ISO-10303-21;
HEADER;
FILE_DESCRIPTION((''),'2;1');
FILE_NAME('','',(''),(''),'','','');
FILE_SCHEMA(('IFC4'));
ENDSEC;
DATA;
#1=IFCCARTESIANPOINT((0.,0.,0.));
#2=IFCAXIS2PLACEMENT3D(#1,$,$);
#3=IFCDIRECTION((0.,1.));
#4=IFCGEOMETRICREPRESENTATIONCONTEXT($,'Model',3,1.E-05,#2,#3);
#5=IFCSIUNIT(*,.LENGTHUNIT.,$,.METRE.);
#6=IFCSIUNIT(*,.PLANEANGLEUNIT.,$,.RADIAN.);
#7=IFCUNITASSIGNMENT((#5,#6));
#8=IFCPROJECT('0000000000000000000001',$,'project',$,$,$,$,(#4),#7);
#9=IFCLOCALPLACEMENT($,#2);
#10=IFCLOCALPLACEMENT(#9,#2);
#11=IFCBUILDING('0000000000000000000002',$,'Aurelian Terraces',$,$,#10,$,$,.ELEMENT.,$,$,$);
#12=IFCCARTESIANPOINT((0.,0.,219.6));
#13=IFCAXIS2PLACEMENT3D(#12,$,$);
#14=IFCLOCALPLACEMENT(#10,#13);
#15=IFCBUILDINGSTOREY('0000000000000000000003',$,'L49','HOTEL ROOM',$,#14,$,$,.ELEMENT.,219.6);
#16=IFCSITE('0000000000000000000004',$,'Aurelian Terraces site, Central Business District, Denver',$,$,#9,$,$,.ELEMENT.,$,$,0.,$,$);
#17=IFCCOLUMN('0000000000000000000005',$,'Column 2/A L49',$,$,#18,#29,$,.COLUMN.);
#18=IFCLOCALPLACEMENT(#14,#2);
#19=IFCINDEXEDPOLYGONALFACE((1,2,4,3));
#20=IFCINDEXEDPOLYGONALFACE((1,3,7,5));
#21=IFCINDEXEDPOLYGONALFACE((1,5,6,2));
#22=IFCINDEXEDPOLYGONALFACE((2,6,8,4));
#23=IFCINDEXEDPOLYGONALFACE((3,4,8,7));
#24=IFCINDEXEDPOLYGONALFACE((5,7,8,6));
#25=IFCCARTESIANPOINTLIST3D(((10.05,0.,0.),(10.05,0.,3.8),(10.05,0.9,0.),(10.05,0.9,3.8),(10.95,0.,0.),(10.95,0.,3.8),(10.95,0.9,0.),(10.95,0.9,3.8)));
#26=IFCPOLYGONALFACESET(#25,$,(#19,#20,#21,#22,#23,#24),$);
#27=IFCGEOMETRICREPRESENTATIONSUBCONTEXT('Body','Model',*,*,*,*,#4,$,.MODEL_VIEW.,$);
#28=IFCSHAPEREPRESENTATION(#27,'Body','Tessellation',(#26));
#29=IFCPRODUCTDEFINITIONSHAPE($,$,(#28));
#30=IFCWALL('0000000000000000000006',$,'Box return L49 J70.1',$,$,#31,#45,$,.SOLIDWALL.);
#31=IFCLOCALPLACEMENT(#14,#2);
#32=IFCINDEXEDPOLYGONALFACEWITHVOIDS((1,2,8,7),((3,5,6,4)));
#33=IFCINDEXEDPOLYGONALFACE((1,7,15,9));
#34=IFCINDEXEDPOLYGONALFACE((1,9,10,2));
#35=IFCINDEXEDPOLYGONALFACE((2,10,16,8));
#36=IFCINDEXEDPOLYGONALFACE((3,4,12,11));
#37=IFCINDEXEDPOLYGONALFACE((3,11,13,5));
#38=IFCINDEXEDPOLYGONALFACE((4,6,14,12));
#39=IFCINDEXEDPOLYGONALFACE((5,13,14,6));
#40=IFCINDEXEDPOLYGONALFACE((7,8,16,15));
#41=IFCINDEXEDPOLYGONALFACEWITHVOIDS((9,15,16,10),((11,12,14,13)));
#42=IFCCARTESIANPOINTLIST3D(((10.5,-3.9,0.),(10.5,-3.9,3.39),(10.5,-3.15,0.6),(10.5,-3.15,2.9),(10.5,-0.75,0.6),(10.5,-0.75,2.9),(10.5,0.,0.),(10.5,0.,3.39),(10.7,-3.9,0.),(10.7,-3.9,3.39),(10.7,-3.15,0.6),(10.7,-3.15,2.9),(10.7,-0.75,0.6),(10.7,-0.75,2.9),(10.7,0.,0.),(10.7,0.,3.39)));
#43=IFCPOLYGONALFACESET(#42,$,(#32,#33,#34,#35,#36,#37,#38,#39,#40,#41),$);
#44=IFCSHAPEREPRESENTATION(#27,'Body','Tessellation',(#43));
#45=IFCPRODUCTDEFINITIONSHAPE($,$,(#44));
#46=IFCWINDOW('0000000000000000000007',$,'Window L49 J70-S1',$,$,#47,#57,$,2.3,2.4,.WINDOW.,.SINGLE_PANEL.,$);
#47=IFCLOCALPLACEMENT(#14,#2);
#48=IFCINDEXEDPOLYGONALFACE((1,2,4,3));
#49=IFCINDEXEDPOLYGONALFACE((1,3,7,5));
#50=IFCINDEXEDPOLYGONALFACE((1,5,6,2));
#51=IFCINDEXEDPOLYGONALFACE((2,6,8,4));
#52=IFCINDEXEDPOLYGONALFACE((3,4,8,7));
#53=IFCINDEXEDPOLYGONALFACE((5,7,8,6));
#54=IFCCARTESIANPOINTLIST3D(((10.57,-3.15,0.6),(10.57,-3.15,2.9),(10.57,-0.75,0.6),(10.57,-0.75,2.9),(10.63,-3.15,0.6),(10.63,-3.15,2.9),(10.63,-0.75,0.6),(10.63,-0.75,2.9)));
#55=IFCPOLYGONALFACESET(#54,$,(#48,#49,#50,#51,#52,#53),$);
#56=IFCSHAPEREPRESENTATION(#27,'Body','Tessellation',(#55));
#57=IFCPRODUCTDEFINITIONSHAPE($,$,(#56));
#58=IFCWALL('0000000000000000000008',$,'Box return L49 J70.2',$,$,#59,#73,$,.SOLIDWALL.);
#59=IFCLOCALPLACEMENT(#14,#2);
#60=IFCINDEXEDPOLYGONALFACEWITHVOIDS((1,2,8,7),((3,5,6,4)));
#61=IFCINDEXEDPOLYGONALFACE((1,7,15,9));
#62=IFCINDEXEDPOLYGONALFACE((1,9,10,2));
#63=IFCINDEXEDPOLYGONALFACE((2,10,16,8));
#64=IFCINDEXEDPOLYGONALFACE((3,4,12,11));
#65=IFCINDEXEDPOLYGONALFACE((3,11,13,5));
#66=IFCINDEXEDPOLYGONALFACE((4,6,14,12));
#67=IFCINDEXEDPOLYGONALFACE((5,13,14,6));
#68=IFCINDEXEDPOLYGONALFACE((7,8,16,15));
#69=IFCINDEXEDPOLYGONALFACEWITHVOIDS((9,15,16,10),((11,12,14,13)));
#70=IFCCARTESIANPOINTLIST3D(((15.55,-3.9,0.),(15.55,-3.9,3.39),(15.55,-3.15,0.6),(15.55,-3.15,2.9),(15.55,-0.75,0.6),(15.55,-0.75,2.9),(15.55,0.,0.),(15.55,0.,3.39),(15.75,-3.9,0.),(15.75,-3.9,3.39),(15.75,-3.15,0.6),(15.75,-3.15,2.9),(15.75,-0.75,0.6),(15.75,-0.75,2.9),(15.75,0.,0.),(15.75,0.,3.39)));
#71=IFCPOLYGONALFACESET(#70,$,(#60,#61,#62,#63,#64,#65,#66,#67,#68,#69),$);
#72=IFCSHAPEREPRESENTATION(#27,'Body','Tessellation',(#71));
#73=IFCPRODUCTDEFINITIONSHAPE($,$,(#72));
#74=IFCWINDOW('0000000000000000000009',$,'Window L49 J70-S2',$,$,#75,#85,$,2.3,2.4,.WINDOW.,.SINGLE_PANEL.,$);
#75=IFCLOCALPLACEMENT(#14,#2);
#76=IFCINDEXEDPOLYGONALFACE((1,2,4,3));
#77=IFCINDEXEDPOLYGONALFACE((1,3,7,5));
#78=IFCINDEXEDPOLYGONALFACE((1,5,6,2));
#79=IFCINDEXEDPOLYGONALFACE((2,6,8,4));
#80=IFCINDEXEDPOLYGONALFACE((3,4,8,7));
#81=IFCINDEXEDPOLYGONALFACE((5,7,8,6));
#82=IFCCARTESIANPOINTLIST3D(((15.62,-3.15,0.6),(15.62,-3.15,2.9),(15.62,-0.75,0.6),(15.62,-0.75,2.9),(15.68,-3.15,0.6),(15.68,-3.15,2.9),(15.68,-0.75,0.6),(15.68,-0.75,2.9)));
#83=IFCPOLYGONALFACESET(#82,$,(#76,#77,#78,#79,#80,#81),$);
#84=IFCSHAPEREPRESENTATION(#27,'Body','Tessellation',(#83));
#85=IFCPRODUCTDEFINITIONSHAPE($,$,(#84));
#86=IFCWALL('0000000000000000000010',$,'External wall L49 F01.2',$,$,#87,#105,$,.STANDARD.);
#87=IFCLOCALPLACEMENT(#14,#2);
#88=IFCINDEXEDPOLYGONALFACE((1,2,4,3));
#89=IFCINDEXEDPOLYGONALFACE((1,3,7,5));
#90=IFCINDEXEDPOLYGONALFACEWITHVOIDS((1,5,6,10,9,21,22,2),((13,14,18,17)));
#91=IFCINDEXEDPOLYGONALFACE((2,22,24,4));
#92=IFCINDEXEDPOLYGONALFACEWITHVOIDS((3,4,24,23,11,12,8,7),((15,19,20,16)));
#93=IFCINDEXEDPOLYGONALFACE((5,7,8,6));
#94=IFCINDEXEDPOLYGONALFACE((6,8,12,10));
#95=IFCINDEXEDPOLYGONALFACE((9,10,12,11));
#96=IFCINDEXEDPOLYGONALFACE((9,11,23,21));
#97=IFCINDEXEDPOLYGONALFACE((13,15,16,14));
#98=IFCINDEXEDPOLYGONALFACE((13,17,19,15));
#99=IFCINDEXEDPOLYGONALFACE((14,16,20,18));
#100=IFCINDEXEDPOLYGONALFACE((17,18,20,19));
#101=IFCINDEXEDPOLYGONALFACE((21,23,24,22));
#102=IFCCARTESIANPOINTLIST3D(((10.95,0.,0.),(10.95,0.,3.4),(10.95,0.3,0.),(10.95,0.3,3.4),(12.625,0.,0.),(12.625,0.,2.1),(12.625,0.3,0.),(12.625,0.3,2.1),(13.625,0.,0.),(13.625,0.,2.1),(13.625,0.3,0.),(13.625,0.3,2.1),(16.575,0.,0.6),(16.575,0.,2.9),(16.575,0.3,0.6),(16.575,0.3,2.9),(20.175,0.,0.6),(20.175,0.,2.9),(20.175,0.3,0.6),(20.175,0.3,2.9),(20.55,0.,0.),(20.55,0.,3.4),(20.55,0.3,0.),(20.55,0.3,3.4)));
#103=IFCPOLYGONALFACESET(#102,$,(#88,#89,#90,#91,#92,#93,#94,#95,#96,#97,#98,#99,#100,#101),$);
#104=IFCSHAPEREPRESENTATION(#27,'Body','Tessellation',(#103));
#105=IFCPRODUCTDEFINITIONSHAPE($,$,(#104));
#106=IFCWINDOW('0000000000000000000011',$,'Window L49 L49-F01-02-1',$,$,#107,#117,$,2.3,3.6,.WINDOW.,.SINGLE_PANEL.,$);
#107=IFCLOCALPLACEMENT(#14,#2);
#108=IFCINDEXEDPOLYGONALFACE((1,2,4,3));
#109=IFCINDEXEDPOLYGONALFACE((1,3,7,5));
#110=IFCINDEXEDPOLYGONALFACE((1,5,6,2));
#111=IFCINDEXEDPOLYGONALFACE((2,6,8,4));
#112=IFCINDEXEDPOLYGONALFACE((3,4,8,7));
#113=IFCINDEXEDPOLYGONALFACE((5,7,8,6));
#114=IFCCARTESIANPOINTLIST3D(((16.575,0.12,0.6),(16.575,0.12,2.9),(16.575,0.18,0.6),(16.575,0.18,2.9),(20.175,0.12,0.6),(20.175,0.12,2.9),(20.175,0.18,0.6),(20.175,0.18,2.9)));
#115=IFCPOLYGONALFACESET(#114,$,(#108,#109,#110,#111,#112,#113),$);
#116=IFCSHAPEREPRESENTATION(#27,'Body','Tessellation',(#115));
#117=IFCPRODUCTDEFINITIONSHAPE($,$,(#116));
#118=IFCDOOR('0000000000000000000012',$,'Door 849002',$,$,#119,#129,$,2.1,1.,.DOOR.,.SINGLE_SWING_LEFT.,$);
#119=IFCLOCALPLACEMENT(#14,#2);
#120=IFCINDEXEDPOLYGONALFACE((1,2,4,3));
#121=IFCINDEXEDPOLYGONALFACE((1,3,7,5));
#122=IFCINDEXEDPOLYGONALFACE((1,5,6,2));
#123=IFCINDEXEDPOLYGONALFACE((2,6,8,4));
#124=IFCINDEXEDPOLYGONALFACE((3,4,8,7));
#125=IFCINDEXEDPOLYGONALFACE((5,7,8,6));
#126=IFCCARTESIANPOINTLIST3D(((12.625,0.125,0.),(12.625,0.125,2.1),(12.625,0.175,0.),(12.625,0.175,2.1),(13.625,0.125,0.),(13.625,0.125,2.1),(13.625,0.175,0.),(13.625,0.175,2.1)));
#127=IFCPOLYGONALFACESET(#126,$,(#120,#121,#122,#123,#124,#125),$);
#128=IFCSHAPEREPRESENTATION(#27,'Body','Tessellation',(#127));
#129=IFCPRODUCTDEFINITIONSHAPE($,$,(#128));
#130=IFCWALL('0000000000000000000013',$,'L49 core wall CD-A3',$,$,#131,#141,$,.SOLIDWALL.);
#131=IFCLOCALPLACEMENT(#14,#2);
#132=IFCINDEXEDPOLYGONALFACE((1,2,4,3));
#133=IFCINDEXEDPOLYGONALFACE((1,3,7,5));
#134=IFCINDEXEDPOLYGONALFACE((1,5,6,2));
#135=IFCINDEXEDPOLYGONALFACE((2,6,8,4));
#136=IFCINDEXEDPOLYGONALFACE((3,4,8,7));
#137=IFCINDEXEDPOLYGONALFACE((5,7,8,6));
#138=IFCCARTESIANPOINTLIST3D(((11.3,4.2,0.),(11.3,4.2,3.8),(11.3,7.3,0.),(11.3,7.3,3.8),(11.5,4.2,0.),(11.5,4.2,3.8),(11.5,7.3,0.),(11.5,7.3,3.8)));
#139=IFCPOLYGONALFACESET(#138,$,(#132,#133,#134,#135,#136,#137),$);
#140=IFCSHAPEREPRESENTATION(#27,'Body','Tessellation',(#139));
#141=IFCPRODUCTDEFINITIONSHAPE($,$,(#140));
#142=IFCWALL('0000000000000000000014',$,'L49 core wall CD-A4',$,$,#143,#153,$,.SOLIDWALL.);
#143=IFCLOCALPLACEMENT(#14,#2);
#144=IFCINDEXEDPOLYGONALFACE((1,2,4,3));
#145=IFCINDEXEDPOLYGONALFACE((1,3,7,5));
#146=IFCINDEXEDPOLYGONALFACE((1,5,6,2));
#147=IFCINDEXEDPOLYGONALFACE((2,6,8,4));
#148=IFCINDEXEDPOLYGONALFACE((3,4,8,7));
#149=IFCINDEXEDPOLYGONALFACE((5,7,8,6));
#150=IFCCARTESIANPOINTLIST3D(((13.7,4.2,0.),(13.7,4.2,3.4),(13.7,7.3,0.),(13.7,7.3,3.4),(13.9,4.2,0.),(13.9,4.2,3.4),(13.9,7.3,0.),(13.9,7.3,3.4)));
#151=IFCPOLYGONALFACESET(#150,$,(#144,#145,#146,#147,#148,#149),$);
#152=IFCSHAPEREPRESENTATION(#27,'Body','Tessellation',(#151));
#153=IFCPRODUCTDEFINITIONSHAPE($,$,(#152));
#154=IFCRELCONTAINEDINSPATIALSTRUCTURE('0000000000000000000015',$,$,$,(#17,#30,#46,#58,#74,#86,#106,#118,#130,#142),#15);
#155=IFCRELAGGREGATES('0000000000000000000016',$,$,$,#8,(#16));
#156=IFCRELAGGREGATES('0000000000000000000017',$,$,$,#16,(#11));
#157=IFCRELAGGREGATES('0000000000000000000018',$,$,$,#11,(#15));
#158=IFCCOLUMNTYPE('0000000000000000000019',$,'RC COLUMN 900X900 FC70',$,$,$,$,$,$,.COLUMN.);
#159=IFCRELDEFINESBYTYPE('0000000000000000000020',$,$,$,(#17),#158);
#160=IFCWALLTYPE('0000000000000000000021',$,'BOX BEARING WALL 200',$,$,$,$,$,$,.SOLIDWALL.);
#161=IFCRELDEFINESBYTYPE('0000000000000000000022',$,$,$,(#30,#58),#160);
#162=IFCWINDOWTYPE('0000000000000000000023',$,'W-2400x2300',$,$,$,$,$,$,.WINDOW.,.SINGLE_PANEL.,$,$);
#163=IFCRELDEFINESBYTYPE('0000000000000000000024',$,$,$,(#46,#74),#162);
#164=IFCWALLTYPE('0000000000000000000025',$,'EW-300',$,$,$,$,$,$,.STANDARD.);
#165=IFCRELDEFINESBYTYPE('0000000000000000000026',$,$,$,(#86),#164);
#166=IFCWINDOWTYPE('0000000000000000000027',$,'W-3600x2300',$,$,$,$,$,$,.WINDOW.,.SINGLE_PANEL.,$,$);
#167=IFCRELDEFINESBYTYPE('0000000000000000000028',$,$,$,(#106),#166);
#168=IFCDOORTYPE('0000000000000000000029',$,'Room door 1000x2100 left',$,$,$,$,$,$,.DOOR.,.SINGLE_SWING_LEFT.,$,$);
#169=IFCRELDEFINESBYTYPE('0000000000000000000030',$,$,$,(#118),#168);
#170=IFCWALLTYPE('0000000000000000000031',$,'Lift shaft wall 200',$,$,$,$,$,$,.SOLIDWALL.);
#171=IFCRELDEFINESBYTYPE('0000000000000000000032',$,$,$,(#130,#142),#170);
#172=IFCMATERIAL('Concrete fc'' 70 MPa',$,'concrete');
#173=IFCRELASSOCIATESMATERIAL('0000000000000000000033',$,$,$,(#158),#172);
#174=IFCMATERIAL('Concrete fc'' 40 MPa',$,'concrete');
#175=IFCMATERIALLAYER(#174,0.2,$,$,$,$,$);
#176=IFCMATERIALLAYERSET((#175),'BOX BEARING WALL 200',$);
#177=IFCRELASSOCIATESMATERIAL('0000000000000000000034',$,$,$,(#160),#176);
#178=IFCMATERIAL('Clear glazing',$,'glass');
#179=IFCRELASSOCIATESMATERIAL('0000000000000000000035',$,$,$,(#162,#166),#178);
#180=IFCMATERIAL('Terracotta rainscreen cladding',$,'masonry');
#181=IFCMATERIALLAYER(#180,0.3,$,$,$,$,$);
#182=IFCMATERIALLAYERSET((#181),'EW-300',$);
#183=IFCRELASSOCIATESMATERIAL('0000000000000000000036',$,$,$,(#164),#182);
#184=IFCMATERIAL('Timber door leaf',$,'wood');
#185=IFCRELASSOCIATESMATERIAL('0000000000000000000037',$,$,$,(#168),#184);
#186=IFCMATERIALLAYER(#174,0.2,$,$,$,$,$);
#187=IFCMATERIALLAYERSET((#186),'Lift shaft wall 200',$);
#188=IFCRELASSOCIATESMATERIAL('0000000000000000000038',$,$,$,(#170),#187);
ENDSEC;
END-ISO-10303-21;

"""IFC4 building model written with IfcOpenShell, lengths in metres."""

from ifc_helpers import new_model, si_unit, direction, frame, frame_2d, origin, origin_2d, place, context, subcontext, project, spatial, rectangle, extrude, source, transform, mapped, material, layer, layer_set, material_profile, profile_set, type_object, element, fill, save


model = new_model("IFC4")

# Units and contexts
model_context = context("Model", 3, precision=1e-05, world=origin(), true_north=direction((0.0, 1.0)))
body_context = subcontext(model_context, "Body", "Model", "MODEL_VIEW")
ifc_project = project(units=[si_unit("LENGTHUNIT", "METRE"), si_unit("PLANEANGLEUNIT", "RADIAN")], contexts=[model_context])

# Site, building, storey
site_placement = place(None, origin())
site = spatial("IfcSite", under=ifc_project, at=site_placement, Name="Aurelian Terraces site, Central Business District, Denver", CompositionType="ELEMENT", RefElevation=0.0)
building_placement = place(site_placement, origin())
building = spatial("IfcBuilding", under=site, at=building_placement, Name="Aurelian Terraces", CompositionType="ELEMENT")
storey_placement = place(building_placement, frame((0.0, 0.0, 219.6)))
storey = spatial("IfcBuildingStorey", under=building, at=storey_placement, Name="L49", Description="HOTEL ROOM", CompositionType="ELEMENT", Elevation=219.6)

# Column
ifc_material_1 = material(Name="Concrete fc' 70 MPa", Category="concrete")
ifc_material_profile = material_profile(ifc_material_1, rectangle(XDim=0.9, YDim=0.9, at=origin_2d()))
ifc_profile_set = profile_set([ifc_material_profile], Name="Concrete fc' 70 MPa")
column_type = type_object("IfcColumnType", Name="RC COLUMN 900X900 FC70", PredefinedType="COLUMN", material=ifc_profile_set)
shared_shape_1 = source(origin(), body_context, "Body", "SweptSolid", [
    extrude(rectangle(XDim=0.9, YDim=0.9, at=origin_2d()), origin(), (0.0, 0.0, 1.0), 3.8),
])
column_placement = place(storey_placement, frame((10.5, 0.45, 0.0), z_axis=(0.0, 0.0, 1.0), x_axis=(1.0, 0.0, 0.0)))
element("IfcColumn", 1, at=column_placement, inside=storey, type_object=column_type, Name="Column 2/A L49", PredefinedType="COLUMN", context=body_context, shape_type="MappedRepresentation", body=[
    mapped(shared_shape_1, transform((0.0, 0.0, 0.0), scale=1.0)),
])

# Walls, openings, windows
ifc_material_2 = material(Name="Concrete fc' 40 MPa", Category="concrete")
ifc_layer_1 = layer(ifc_material_2, 0.2)
ifc_layer_set_1 = layer_set([ifc_layer_1], Name="BOX BEARING WALL 200")
wall_type_1 = type_object("IfcWallType", Name="BOX BEARING WALL 200", PredefinedType="SOLIDWALL", material=ifc_layer_set_1)
shared_shape_2 = source(origin(), body_context, "Body", "SweptSolid", [
    extrude(rectangle(XDim=3.9, YDim=0.2, at=frame_2d((1.95, 0.0))), origin(), (0.0, 0.0, 1.0), 3.39),
])
wall_1_placement = place(storey_placement, frame((10.6, 0.0, 0.0), z_axis=(0.0, 0.0, 1.0), x_axis=(0.0, -1.0, 0.0)))
wall_1 = element("IfcWall", 2, at=wall_1_placement, inside=storey, type_object=wall_type_1, Name="Box return L49 J70.1", PredefinedType="SOLIDWALL", context=body_context, shape_type="MappedRepresentation", body=[
    mapped(shared_shape_2, transform((0.0, 0.0, 0.0), scale=1.0)),
])
shared_shape_3 = source(origin(), body_context, "Body", "SweptSolid", [
    extrude(rectangle(XDim=2.4, YDim=2.3, at=frame_2d((1.2, 1.15))), frame((0.0, 0.11, 0.0), z_axis=(0.0, -1.0, 0.0), x_axis=(1.0, 0.0, 0.0)), (0.0, 0.0, 1.0), 0.22),
])
opening_1_placement = place(wall_1_placement, frame((0.75, 0.0, 0.6)))
opening_1 = element("IfcOpeningElement", 3, at=opening_1_placement, cuts=wall_1, PredefinedType="OPENING", context=body_context, shape_type="MappedRepresentation", body=[
    mapped(shared_shape_3, transform((0.0, 0.0, 0.0), scale=1.0)),
])
ifc_material_3 = material(Name="Clear glazing", Category="glass")
window_type_1 = type_object("IfcWindowType", Name="W-2400x2300", PartitioningType="SINGLE_PANEL", PredefinedType="WINDOW", material=ifc_material_3)
shared_shape_4 = source(origin(), body_context, "Body", "SweptSolid", [
    extrude(rectangle(XDim=2.4, YDim=2.3, at=frame_2d((1.2, 1.15))), frame((0.0, 0.03, 0.0), z_axis=(0.0, -1.0, 0.0), x_axis=(1.0, 0.0, 0.0)), (0.0, 0.0, 1.0), 0.06),
])
window_1_placement = place(opening_1_placement, origin())
window_1 = element("IfcWindow", 4, at=window_1_placement, inside=storey, type_object=window_type_1, Name="Window L49 J70-S1", OverallHeight=2.3, OverallWidth=2.4, PartitioningType="SINGLE_PANEL", PredefinedType="WINDOW", context=body_context, shape_type="MappedRepresentation", body=[
    mapped(shared_shape_4, transform((0.0, 0.0, 0.0), scale=1.0)),
])
fill(opening_1, window_1)
wall_2_placement = place(storey_placement, frame((15.65, 0.0, 0.0), z_axis=(0.0, 0.0, 1.0), x_axis=(0.0, -1.0, 0.0)))
wall_2 = element("IfcWall", 5, at=wall_2_placement, inside=storey, type_object=wall_type_1, Name="Box return L49 J70.2", PredefinedType="SOLIDWALL", context=body_context, shape_type="MappedRepresentation", body=[
    mapped(shared_shape_2, transform((0.0, 0.0, 0.0), scale=1.0)),
])
opening_2_placement = place(wall_2_placement, frame((0.75, 0.0, 0.6)))
opening_2 = element("IfcOpeningElement", 6, at=opening_2_placement, cuts=wall_2, PredefinedType="OPENING", context=body_context, shape_type="MappedRepresentation", body=[
    mapped(shared_shape_3, transform((0.0, 0.0, 0.0), scale=1.0)),
])
window_2_placement = place(opening_2_placement, origin())
window_2 = element("IfcWindow", 7, at=window_2_placement, inside=storey, type_object=window_type_1, Name="Window L49 J70-S2", OverallHeight=2.3, OverallWidth=2.4, PartitioningType="SINGLE_PANEL", PredefinedType="WINDOW", context=body_context, shape_type="MappedRepresentation", body=[
    mapped(shared_shape_4, transform((0.0, 0.0, 0.0), scale=1.0)),
])
fill(opening_2, window_2)

# Wall, openings, window, door
ifc_material_4 = material(Name="Terracotta rainscreen cladding", Category="masonry")
ifc_layer_2 = layer(ifc_material_4, 0.3)
ifc_layer_set_2 = layer_set([ifc_layer_2], Name="EW-300")
wall_type_2 = type_object("IfcWallType", Name="EW-300", PredefinedType="STANDARD", material=ifc_layer_set_2)
shared_shape_5 = source(origin(), body_context, "Body", "SweptSolid", [
    extrude(rectangle(XDim=9.6, YDim=0.3, at=frame_2d((4.8, 0.0))), origin(), (0.0, 0.0, 1.0), 3.4),
])
wall_3_placement = place(storey_placement, frame((10.95, 0.15, 0.0), z_axis=(0.0, 0.0, 1.0), x_axis=(1.0, 0.0, 0.0)))
wall_3 = element("IfcWall", 8, at=wall_3_placement, inside=storey, type_object=wall_type_2, Name="External wall L49 F01.2", PredefinedType="STANDARD", context=body_context, shape_type="MappedRepresentation", body=[
    mapped(shared_shape_5, transform((0.0, 0.0, 0.0), scale=1.0)),
])
shared_shape_6 = source(origin(), body_context, "Body", "SweptSolid", [
    extrude(rectangle(XDim=3.6, YDim=2.3, at=frame_2d((1.8, 1.15))), frame((0.0, 0.16, 0.0), z_axis=(0.0, -1.0, 0.0), x_axis=(1.0, 0.0, 0.0)), (0.0, 0.0, 1.0), 0.32),
])
opening_3_placement = place(wall_3_placement, frame((5.625, 0.0, 0.6)))
opening_3 = element("IfcOpeningElement", 9, at=opening_3_placement, cuts=wall_3, PredefinedType="OPENING", context=body_context, shape_type="MappedRepresentation", body=[
    mapped(shared_shape_6, transform((0.0, 0.0, 0.0), scale=1.0)),
])
shared_shape_7 = source(origin(), body_context, "Body", "SweptSolid", [
    extrude(rectangle(XDim=1.0, YDim=2.1, at=frame_2d((0.5, 1.05))), frame((0.0, 0.16, 0.0), z_axis=(0.0, -1.0, 0.0), x_axis=(1.0, 0.0, 0.0)), (0.0, 0.0, 1.0), 0.32),
])
opening_4_placement = place(wall_3_placement, frame((1.675, 0.0, 0.0)))
opening_4 = element("IfcOpeningElement", 10, at=opening_4_placement, cuts=wall_3, PredefinedType="OPENING", context=body_context, shape_type="MappedRepresentation", body=[
    mapped(shared_shape_7, transform((0.0, 0.0, 0.0), scale=1.0)),
])
window_type_2 = type_object("IfcWindowType", Name="W-3600x2300", PartitioningType="SINGLE_PANEL", PredefinedType="WINDOW", material=ifc_material_3)
shared_shape_8 = source(origin(), body_context, "Body", "SweptSolid", [
    extrude(rectangle(XDim=3.6, YDim=2.3, at=frame_2d((1.8, 1.15))), frame((0.0, 0.03, 0.0), z_axis=(0.0, -1.0, 0.0), x_axis=(1.0, 0.0, 0.0)), (0.0, 0.0, 1.0), 0.06),
])
window_3_placement = place(opening_3_placement, origin())
window_3 = element("IfcWindow", 11, at=window_3_placement, inside=storey, type_object=window_type_2, Name="Window L49 L49-F01-02-1", OverallHeight=2.3, OverallWidth=3.6, PartitioningType="SINGLE_PANEL", PredefinedType="WINDOW", context=body_context, shape_type="MappedRepresentation", body=[
    mapped(shared_shape_8, transform((0.0, 0.0, 0.0), scale=1.0)),
])
fill(opening_3, window_3)
ifc_material_5 = material(Name="Timber door leaf", Category="wood")
door_type_1 = type_object("IfcDoorType", Name="Room door 1000x2100 left", OperationType="SINGLE_SWING_LEFT", PredefinedType="DOOR", material=ifc_material_5)
shared_shape_9 = source(origin(), body_context, "Body", "SweptSolid", [
    extrude(rectangle(XDim=1.0, YDim=2.1, at=frame_2d((0.5, 1.05))), frame((0.0, 0.025, 0.0), z_axis=(0.0, -1.0, 0.0), x_axis=(1.0, 0.0, 0.0)), (0.0, 0.0, 1.0), 0.05),
])
door_1_placement = place(opening_4_placement, origin())
door_1 = element("IfcDoor", 12, at=door_1_placement, inside=storey, type_object=door_type_1, Name="Door 849002", OperationType="SINGLE_SWING_LEFT", OverallHeight=2.1, OverallWidth=1.0, PredefinedType="DOOR", context=body_context, shape_type="MappedRepresentation", body=[
    mapped(shared_shape_9, transform((0.0, 0.0, 0.0), scale=1.0)),
])
fill(opening_4, door_1)

# Walls
ifc_layer_3 = layer(ifc_material_2, 0.2)
ifc_layer_set_3 = layer_set([ifc_layer_3], Name="Lift shaft wall 200")
wall_type_3 = type_object("IfcWallType", Name="Lift shaft wall 200", PredefinedType="SOLIDWALL", material=ifc_layer_set_3)
shared_shape_10 = source(origin(), body_context, "Body", "SweptSolid", [
    extrude(rectangle(XDim=3.1, YDim=0.2, at=frame_2d((1.55, 0.0))), origin(), (0.0, 0.0, 1.0), 3.8),
])
wall_4_placement = place(storey_placement, frame((11.4, 4.2, 0.0), z_axis=(0.0, 0.0, 1.0), x_axis=(0.0, 1.0, 0.0)))
element("IfcWall", 13, at=wall_4_placement, inside=storey, type_object=wall_type_3, Name="L49 core wall CD-A3", PredefinedType="SOLIDWALL", context=body_context, shape_type="MappedRepresentation", body=[
    mapped(shared_shape_10, transform((0.0, 0.0, 0.0), scale=1.0)),
])
shared_shape_11 = source(origin(), body_context, "Body", "SweptSolid", [
    extrude(rectangle(XDim=3.1, YDim=0.2, at=frame_2d((1.55, 0.0))), origin(), (0.0, 0.0, 1.0), 3.4),
])
for number, where, z_axis, x_axis, name in (
    (14, (13.8, 4.2, 0.0), (0.0, 0.0, 1.0), (0.0, 1.0, 0.0), "L49 core wall CD-A4"),
):
    element("IfcWall", number, at=place(storey_placement, frame(where, z_axis=z_axis, x_axis=x_axis)), inside=storey, type_object=wall_type_3, Name=name, PredefinedType="SOLIDWALL", context=body_context, shape_type="MappedRepresentation", body=[
        mapped(shared_shape_11, transform((0.0, 0.0, 0.0), scale=1.0)),
    ])

save(model, "model.ifc")
